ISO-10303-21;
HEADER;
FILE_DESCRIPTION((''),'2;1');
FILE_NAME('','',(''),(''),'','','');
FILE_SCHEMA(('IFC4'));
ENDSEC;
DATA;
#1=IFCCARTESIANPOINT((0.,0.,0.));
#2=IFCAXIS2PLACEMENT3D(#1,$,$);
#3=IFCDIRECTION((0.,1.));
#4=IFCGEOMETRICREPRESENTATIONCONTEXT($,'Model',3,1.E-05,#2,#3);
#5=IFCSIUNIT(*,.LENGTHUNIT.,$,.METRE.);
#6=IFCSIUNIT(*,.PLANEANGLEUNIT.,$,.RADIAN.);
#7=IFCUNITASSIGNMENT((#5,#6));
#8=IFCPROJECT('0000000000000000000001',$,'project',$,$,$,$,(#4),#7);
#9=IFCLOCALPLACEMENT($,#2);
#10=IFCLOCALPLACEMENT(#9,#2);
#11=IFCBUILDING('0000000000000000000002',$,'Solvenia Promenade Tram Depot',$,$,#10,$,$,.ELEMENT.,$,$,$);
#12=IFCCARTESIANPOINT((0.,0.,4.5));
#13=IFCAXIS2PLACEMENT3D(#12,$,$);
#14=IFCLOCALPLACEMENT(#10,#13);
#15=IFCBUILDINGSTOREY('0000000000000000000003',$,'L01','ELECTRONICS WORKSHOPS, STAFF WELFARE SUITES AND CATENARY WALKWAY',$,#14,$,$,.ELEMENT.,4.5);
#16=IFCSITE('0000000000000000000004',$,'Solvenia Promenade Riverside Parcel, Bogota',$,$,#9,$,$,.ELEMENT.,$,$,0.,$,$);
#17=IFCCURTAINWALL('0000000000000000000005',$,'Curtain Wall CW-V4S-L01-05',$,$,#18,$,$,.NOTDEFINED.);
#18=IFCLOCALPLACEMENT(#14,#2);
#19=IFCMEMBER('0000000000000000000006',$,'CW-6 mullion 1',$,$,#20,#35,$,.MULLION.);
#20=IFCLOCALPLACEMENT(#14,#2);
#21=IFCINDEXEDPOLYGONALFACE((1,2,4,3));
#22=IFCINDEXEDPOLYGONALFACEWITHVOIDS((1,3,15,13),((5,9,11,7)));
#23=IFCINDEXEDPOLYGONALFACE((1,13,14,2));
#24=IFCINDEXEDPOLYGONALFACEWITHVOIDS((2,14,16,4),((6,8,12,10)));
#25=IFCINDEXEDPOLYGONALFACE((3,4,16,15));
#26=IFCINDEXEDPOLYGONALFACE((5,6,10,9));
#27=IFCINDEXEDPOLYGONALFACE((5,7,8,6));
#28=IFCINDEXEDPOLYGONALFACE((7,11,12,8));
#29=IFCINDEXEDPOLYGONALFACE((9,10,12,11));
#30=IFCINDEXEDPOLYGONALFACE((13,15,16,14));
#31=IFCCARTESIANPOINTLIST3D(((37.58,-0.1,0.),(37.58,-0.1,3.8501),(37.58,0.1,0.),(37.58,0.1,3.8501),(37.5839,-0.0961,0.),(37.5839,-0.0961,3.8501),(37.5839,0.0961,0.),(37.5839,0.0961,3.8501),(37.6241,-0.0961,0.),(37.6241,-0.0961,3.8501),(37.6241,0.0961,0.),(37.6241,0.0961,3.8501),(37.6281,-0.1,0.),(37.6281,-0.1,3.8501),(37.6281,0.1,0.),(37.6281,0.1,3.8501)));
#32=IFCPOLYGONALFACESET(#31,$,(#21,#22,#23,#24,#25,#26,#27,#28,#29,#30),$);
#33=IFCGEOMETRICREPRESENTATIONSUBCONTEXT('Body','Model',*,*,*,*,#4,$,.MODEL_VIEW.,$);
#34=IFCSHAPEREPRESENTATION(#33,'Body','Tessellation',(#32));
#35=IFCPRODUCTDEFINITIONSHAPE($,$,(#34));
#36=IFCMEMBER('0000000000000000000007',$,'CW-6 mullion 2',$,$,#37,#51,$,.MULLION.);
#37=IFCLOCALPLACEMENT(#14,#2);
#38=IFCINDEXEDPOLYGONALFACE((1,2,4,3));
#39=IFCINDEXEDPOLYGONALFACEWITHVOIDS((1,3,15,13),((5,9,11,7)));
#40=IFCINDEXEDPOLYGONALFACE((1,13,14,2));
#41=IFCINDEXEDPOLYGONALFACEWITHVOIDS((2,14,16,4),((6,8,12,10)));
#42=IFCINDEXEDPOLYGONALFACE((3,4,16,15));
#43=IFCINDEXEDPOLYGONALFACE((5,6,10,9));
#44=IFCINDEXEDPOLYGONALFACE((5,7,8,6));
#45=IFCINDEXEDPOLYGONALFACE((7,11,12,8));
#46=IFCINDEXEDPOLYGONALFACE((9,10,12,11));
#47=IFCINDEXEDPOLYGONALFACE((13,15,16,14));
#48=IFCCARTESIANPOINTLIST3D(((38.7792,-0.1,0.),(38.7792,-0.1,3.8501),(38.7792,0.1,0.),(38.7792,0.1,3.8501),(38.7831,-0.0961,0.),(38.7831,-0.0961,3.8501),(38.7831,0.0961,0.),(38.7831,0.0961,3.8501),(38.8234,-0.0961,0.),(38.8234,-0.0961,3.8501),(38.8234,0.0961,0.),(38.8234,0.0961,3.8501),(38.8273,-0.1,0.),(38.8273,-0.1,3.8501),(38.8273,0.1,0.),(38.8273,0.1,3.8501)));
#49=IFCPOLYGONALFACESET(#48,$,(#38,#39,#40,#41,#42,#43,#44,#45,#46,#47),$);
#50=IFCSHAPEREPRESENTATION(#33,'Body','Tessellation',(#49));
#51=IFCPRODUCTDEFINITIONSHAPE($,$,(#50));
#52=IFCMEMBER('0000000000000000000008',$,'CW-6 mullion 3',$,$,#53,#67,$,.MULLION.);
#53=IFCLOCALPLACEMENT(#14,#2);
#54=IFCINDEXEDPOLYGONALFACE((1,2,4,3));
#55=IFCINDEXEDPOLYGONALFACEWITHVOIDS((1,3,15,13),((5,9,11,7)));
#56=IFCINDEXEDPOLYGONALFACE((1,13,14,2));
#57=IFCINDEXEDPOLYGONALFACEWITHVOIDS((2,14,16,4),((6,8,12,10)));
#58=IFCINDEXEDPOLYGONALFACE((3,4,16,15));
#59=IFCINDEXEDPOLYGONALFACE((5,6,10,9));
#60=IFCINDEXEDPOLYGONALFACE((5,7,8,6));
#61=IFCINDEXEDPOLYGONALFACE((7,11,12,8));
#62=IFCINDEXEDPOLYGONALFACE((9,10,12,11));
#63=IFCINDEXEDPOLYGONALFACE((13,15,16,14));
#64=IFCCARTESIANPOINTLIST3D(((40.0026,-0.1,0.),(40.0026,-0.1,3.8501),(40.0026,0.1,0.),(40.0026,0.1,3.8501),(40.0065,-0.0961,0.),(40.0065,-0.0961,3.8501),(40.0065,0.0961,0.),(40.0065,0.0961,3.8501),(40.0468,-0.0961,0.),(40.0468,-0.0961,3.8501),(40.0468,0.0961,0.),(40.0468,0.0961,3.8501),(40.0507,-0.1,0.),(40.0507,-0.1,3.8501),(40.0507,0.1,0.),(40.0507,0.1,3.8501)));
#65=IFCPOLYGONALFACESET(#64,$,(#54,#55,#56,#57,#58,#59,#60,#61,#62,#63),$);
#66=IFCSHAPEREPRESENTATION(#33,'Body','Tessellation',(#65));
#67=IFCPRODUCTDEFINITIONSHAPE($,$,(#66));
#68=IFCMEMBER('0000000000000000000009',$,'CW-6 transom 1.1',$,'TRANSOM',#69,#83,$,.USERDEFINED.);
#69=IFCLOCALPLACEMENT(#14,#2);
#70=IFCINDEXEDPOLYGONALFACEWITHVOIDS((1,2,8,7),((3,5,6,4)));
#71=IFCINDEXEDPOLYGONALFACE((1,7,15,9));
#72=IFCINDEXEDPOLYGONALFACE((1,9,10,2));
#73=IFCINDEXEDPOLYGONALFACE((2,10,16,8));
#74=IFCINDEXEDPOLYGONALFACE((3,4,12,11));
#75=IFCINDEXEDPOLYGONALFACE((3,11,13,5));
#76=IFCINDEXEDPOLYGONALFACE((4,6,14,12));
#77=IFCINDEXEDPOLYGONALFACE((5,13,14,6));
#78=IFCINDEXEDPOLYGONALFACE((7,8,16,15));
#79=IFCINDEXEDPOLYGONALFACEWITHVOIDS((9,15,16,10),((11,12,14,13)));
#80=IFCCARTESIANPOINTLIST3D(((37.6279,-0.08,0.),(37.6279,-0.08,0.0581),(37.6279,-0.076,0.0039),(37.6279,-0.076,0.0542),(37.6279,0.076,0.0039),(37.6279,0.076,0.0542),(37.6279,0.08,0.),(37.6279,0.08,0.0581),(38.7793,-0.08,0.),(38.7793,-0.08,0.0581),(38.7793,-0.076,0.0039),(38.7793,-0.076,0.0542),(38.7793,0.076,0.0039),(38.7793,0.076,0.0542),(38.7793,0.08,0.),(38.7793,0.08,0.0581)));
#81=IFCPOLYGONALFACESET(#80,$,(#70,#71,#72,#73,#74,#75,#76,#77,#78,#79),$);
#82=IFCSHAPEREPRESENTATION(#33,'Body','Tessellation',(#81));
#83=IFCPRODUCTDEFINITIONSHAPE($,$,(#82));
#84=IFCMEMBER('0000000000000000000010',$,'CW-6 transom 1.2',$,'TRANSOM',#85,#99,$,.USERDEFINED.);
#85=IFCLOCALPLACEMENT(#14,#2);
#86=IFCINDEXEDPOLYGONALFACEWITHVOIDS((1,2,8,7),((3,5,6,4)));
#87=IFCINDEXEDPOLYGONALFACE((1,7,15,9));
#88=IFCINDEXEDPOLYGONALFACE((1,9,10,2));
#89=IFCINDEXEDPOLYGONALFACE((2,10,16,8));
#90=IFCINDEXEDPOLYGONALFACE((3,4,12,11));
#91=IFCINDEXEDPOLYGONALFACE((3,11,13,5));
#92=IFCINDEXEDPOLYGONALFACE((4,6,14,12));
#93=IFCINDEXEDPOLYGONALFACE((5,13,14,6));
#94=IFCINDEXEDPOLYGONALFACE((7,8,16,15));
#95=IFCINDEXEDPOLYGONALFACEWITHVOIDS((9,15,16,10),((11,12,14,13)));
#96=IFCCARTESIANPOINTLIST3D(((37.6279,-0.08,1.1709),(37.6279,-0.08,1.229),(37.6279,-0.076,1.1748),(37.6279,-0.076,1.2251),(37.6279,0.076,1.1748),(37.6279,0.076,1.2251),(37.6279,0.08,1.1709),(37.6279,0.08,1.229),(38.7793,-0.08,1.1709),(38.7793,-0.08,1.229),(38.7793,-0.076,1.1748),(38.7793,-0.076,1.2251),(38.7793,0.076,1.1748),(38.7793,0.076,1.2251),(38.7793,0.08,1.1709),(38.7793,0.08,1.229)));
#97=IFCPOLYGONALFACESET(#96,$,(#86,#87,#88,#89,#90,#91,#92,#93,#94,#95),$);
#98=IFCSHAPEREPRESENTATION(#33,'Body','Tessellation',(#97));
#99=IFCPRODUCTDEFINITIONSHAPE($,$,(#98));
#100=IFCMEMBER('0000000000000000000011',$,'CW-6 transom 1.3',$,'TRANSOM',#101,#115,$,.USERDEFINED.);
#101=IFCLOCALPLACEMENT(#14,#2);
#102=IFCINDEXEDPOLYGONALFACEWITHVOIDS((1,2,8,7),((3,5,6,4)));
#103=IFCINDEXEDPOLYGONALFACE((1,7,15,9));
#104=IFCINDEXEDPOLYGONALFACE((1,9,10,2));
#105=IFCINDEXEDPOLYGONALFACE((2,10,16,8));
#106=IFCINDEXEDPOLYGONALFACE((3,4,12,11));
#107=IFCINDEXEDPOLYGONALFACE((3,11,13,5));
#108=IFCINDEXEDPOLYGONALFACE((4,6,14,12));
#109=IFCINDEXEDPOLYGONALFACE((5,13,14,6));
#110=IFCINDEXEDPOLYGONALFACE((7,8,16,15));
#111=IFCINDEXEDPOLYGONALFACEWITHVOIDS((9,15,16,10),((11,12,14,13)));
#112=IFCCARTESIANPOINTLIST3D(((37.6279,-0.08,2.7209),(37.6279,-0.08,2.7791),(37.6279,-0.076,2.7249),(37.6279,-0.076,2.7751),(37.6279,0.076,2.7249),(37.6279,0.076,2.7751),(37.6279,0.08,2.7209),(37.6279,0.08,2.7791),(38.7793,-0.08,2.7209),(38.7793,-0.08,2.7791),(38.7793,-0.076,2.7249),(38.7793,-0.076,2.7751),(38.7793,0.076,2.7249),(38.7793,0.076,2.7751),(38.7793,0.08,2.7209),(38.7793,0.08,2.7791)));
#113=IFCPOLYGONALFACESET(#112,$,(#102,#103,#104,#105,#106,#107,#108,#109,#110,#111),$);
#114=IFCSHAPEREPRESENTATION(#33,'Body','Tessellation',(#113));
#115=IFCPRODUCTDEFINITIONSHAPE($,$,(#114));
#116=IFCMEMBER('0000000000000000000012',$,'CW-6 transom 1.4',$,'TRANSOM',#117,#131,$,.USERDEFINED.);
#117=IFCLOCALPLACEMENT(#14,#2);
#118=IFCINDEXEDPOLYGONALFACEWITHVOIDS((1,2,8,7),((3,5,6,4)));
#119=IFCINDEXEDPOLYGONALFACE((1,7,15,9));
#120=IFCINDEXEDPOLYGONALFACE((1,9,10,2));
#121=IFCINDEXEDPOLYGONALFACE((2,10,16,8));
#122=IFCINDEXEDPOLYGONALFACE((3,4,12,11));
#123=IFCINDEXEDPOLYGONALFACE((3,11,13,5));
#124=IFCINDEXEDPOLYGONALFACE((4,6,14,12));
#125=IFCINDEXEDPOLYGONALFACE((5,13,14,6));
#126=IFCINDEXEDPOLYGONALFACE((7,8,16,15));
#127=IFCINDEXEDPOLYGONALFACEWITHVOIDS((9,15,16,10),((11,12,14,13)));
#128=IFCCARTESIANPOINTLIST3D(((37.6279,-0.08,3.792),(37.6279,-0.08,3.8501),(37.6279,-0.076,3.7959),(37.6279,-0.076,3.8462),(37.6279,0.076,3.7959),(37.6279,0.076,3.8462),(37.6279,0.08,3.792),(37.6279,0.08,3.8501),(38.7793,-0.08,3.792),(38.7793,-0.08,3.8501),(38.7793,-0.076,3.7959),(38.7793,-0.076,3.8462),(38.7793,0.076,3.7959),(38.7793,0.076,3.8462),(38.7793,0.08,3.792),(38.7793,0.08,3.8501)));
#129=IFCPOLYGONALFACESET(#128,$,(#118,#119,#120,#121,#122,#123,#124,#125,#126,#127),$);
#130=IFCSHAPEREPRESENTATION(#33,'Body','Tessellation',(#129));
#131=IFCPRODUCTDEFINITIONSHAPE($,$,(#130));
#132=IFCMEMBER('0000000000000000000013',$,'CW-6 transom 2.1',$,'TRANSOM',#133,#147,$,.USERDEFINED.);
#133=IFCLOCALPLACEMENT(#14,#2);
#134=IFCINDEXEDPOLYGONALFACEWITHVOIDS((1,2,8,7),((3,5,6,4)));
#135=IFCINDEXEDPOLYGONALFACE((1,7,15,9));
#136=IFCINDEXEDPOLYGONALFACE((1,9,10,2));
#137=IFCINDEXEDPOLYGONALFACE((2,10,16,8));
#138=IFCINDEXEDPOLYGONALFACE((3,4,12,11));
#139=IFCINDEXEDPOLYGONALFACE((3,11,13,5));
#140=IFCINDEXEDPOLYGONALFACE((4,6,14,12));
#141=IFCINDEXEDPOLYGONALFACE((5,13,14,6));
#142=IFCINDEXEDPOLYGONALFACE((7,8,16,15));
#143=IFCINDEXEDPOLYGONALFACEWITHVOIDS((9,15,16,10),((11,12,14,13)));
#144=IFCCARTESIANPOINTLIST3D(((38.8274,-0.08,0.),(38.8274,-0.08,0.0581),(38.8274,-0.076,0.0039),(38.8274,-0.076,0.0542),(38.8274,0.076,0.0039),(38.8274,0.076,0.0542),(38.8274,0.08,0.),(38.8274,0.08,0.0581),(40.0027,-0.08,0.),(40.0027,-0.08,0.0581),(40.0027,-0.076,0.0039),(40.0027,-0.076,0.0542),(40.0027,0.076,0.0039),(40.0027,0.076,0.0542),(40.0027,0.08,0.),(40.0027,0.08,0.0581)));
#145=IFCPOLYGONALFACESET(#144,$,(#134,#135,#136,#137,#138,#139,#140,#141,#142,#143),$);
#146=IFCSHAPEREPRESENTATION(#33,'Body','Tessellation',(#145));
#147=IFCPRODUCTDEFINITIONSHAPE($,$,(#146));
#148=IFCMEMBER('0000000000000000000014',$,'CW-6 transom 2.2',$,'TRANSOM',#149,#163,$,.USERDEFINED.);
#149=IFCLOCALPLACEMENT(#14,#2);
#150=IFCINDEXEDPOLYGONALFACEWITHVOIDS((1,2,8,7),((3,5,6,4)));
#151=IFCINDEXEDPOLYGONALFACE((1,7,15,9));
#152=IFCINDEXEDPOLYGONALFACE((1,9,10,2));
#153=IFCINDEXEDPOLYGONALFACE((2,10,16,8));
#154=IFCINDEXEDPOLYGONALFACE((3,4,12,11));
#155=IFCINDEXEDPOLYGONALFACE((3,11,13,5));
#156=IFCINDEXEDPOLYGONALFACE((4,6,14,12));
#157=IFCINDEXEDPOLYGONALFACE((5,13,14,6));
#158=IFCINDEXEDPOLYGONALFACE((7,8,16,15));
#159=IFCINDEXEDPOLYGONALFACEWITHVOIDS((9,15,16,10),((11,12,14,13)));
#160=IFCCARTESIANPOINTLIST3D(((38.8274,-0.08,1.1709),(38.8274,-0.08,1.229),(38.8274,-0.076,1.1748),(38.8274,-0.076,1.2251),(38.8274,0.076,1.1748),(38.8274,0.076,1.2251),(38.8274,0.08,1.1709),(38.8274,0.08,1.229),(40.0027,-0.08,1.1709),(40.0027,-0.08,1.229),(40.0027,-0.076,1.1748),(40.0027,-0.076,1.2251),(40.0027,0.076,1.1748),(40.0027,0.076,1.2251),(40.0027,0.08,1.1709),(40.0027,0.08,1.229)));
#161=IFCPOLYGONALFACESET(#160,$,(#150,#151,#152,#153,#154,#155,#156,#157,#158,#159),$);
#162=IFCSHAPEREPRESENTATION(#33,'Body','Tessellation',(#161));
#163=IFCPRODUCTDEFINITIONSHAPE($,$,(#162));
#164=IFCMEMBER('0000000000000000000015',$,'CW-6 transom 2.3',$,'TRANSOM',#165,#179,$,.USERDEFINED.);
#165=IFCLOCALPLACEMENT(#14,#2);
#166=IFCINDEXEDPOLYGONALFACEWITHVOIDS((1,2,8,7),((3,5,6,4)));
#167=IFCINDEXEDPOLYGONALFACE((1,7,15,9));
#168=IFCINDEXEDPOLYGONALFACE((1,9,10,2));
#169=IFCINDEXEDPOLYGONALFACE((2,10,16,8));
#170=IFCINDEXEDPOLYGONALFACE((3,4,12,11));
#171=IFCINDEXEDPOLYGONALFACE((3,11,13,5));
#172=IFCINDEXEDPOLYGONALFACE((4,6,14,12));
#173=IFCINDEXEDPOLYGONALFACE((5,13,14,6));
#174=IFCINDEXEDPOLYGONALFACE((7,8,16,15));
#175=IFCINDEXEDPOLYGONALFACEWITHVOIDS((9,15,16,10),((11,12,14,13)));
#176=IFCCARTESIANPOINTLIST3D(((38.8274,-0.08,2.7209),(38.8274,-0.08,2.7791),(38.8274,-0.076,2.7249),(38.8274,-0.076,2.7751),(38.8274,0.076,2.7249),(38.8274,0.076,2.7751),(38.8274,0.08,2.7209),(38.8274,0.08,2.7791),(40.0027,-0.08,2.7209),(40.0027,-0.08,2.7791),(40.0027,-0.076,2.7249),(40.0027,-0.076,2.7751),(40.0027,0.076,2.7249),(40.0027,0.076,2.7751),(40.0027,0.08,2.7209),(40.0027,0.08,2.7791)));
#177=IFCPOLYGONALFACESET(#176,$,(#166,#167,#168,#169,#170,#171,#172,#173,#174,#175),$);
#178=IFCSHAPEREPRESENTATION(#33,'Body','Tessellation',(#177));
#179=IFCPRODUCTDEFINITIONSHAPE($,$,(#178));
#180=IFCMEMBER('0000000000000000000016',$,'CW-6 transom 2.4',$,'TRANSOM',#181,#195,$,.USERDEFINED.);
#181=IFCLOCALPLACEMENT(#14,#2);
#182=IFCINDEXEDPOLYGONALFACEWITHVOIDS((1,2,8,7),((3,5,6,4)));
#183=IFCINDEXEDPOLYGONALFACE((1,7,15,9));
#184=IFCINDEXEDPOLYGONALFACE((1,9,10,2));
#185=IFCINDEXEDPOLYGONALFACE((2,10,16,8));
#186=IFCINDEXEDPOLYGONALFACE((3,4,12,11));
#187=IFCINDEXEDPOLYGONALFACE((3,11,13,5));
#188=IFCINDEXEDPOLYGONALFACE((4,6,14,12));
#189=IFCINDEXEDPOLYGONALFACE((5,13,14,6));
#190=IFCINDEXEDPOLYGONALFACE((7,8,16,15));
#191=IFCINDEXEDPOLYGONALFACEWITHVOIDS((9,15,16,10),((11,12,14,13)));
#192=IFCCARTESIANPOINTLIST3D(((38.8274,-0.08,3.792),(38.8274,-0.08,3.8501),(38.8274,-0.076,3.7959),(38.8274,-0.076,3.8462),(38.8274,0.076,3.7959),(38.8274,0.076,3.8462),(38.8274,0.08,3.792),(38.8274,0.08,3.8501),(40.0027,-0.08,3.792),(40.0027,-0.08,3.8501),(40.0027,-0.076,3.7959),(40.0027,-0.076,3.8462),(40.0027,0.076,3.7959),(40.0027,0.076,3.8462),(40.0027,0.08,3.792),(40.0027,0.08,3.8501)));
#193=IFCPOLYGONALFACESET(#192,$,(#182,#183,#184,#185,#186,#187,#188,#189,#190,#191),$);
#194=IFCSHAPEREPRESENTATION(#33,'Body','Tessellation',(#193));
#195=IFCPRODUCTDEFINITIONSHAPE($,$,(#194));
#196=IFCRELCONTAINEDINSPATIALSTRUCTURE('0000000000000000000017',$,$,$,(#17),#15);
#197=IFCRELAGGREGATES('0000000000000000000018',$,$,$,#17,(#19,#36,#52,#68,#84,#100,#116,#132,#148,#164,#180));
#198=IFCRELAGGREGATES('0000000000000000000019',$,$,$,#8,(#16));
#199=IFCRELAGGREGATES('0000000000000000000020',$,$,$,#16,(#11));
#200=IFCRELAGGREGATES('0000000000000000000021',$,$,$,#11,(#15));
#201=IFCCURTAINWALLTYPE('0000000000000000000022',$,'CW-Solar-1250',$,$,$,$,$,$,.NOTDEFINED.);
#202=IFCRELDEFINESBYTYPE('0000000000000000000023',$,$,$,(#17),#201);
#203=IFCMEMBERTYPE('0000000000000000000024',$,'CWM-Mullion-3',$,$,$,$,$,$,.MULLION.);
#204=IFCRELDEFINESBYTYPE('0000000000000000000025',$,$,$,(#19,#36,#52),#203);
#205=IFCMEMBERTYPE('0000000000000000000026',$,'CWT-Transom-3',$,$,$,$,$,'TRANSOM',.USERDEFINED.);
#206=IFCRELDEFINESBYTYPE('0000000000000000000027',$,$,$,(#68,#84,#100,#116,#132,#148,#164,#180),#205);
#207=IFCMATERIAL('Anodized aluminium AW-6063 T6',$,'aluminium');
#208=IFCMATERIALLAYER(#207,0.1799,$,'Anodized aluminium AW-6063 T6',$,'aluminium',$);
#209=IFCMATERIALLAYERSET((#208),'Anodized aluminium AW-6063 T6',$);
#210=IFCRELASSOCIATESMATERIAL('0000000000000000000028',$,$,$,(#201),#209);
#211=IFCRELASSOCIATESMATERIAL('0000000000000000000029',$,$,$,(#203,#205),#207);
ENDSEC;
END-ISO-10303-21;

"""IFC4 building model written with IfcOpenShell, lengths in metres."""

from ifc_helpers import new_model, si_unit, direction, frame, origin, origin_2d, place, context, subcontext, project, spatial, hollow_rectangle, extrude, material, layer, layer_set, material_profile, profile_set, type_object, element, aggregate, save


model = new_model("IFC4")

# Units and contexts
model_context = context("Model", 3, precision=1e-05, world=origin(), true_north=direction((0.0, 1.0)))
body_context = subcontext(model_context, "Body", "Model", "MODEL_VIEW")
ifc_project = project(units=[si_unit("LENGTHUNIT", "METRE"), si_unit("PLANEANGLEUNIT", "RADIAN")], contexts=[model_context])

# Site, building, storey
site_placement = place(None, origin())
site = spatial("IfcSite", under=ifc_project, at=site_placement, Name="Solvenia Promenade Riverside Parcel, Bogota", CompositionType="ELEMENT", RefElevation=0.0)
building_placement = place(site_placement, origin())
building = spatial("IfcBuilding", under=site, at=building_placement, Name="Solvenia Promenade Tram Depot", CompositionType="ELEMENT")
storey_placement = place(building_placement, frame((0.0, 0.0, 4.5)))
storey = spatial("IfcBuildingStorey", under=building, at=storey_placement, Name="L01", Description="ELECTRONICS WORKSHOPS, STAFF WELFARE SUITES AND CATENARY WALKWAY", CompositionType="ELEMENT", Elevation=4.5)

# Curtain wall, members
ifc_material_1 = material(Name="Anodized aluminium AW-6063 T6", Category="aluminium")
ifc_layer_1 = layer(ifc_material_1, 0.1799, Name="Anodized aluminium AW-6063 T6", Category="aluminium")
ifc_layer_set_1 = layer_set([ifc_layer_1], Name="Anodized aluminium AW-6063 T6")
curtain_wall_type = type_object("IfcCurtainWallType", Name="CW-Solar-1250", PredefinedType="NOTDEFINED", material=ifc_layer_set_1)
curtain_wall_placement = place(storey_placement, origin())
curtain_wall = element("IfcCurtainWall", 1, at=curtain_wall_placement, inside=storey, type_object=curtain_wall_type, Name="Curtain Wall CW-V4S-L01-05", PredefinedType="NOTDEFINED")
ifc_material_profile_1 = material_profile(ifc_material_1, hollow_rectangle(XDim=0.2, YDim=0.0481, WallThickness=0.0039, at=origin_2d()), Name="ALU-M3", Category="aluminium")
ifc_profile_set_1 = profile_set([ifc_material_profile_1], Name="Anodized aluminium AW-6063 T6")
member_type_1 = type_object("IfcMemberType", Name="CWM-Mullion-3", PredefinedType="MULLION", material=ifc_profile_set_1)
member_1_placement = place(storey_placement, frame((37.604, 0.0, 0.0), z_axis=(0.0, 0.0, 1.0), x_axis=(0.0, 1.0, 0.0)))
member_1 = element("IfcMember", 2, at=member_1_placement, type_object=member_type_1, Name="CW-6 mullion 1", PredefinedType="MULLION", context=body_context, shape_type="SweptSolid", body=[
    extrude(hollow_rectangle(XDim=0.2, YDim=0.0481, WallThickness=0.0039, at=origin_2d()), origin(), (0.0, 0.0, 1.0), 3.8501),
])
member_2_placement = place(storey_placement, frame((38.8032, 0.0, 0.0), z_axis=(0.0, 0.0, 1.0), x_axis=(0.0, 1.0, 0.0)))
member_2 = element("IfcMember", 3, at=member_2_placement, type_object=member_type_1, Name="CW-6 mullion 2", PredefinedType="MULLION", context=body_context, shape_type="SweptSolid", body=[
    extrude(hollow_rectangle(XDim=0.2, YDim=0.0481, WallThickness=0.0039, at=origin_2d()), origin(), (0.0, 0.0, 1.0), 3.8501),
])
member_3_placement = place(storey_placement, frame((40.0266, 0.0, 0.0), z_axis=(0.0, 0.0, 1.0), x_axis=(0.0, 1.0, 0.0)))
member_3 = element("IfcMember", 4, at=member_3_placement, type_object=member_type_1, Name="CW-6 mullion 3", PredefinedType="MULLION", context=body_context, shape_type="SweptSolid", body=[
    extrude(hollow_rectangle(XDim=0.2, YDim=0.0481, WallThickness=0.0039, at=origin_2d()), origin(), (0.0, 0.0, 1.0), 3.8501),
])
ifc_material_profile_2 = material_profile(ifc_material_1, hollow_rectangle(XDim=0.1599, YDim=0.0581, WallThickness=0.0039, at=origin_2d()), Name="ALU-T3", Category="aluminium")
ifc_profile_set_2 = profile_set([ifc_material_profile_2], Name="Anodized aluminium AW-6063 T6")
member_type_2 = type_object("IfcMemberType", Name="CWT-Transom-3", ElementType="TRANSOM", PredefinedType="USERDEFINED", material=ifc_profile_set_2)
member_4_placement = place(storey_placement, frame((37.6279, 0.0, 0.0291), z_axis=(1.0, 0.0, 0.0), x_axis=(0.0, 1.0, 0.0)))
member_4 = element("IfcMember", 5, at=member_4_placement, type_object=member_type_2, Name="CW-6 transom 1.1", ObjectType="TRANSOM", PredefinedType="USERDEFINED", context=body_context, shape_type="SweptSolid", body=[
    extrude(hollow_rectangle(XDim=0.1599, YDim=0.0581, WallThickness=0.0039, at=origin_2d()), origin(), (0.0, 0.0, 1.0), 1.1514),
])
member_5_placement = place(storey_placement, frame((37.6279, 0.0, 1.2), z_axis=(1.0, 0.0, 0.0), x_axis=(0.0, 1.0, 0.0)))
member_5 = element("IfcMember", 6, at=member_5_placement, type_object=member_type_2, Name="CW-6 transom 1.2", ObjectType="TRANSOM", PredefinedType="USERDEFINED", context=body_context, shape_type="SweptSolid", body=[
    extrude(hollow_rectangle(XDim=0.1599, YDim=0.0581, WallThickness=0.0039, at=origin_2d()), origin(), (0.0, 0.0, 1.0), 1.1514),
])
member_6_placement = place(storey_placement, frame((37.6279, 0.0, 2.75), z_axis=(1.0, 0.0, 0.0), x_axis=(0.0, 1.0, 0.0)))
member_6 = element("IfcMember", 7, at=member_6_placement, type_object=member_type_2, Name="CW-6 transom 1.3", ObjectType="TRANSOM", PredefinedType="USERDEFINED", context=body_context, shape_type="SweptSolid", body=[
    extrude(hollow_rectangle(XDim=0.1599, YDim=0.0581, WallThickness=0.0039, at=origin_2d()), origin(), (0.0, 0.0, 1.0), 1.1514),
])
member_7_placement = place(storey_placement, frame((37.6279, 0.0, 3.821), z_axis=(1.0, 0.0, 0.0), x_axis=(0.0, 1.0, 0.0)))
member_7 = element("IfcMember", 8, at=member_7_placement, type_object=member_type_2, Name="CW-6 transom 1.4", ObjectType="TRANSOM", PredefinedType="USERDEFINED", context=body_context, shape_type="SweptSolid", body=[
    extrude(hollow_rectangle(XDim=0.1599, YDim=0.0581, WallThickness=0.0039, at=origin_2d()), origin(), (0.0, 0.0, 1.0), 1.1514),
])
member_8_placement = place(storey_placement, frame((38.8274, 0.0, 0.0291), z_axis=(1.0, 0.0, 0.0), x_axis=(0.0, 1.0, 0.0)))
member_8 = element("IfcMember", 9, at=member_8_placement, type_object=member_type_2, Name="CW-6 transom 2.1", ObjectType="TRANSOM", PredefinedType="USERDEFINED", context=body_context, shape_type="SweptSolid", body=[
    extrude(hollow_rectangle(XDim=0.1599, YDim=0.0581, WallThickness=0.0039, at=origin_2d()), origin(), (0.0, 0.0, 1.0), 1.1753),
])
member_9_placement = place(storey_placement, frame((38.8274, 0.0, 1.2), z_axis=(1.0, 0.0, 0.0), x_axis=(0.0, 1.0, 0.0)))
member_9 = element("IfcMember", 10, at=member_9_placement, type_object=member_type_2, Name="CW-6 transom 2.2", ObjectType="TRANSOM", PredefinedType="USERDEFINED", context=body_context, shape_type="SweptSolid", body=[
    extrude(hollow_rectangle(XDim=0.1599, YDim=0.0581, WallThickness=0.0039, at=origin_2d()), origin(), (0.0, 0.0, 1.0), 1.1753),
])
member_10_placement = place(storey_placement, frame((38.8274, 0.0, 2.75), z_axis=(1.0, 0.0, 0.0), x_axis=(0.0, 1.0, 0.0)))
member_10 = element("IfcMember", 11, at=member_10_placement, type_object=member_type_2, Name="CW-6 transom 2.3", ObjectType="TRANSOM", PredefinedType="USERDEFINED", context=body_context, shape_type="SweptSolid", body=[
    extrude(hollow_rectangle(XDim=0.1599, YDim=0.0581, WallThickness=0.0039, at=origin_2d()), origin(), (0.0, 0.0, 1.0), 1.1753),
])
member_11_placement = place(storey_placement, frame((38.8274, 0.0, 3.821), z_axis=(1.0, 0.0, 0.0), x_axis=(0.0, 1.0, 0.0)))
member_11 = element("IfcMember", 12, at=member_11_placement, type_object=member_type_2, Name="CW-6 transom 2.4", ObjectType="TRANSOM", PredefinedType="USERDEFINED", context=body_context, shape_type="SweptSolid", body=[
    extrude(hollow_rectangle(XDim=0.1599, YDim=0.0581, WallThickness=0.0039, at=origin_2d()), origin(), (0.0, 0.0, 1.0), 1.1753),
])

aggregate(curtain_wall, [member_1, member_2, member_3, member_4, member_5, member_6, member_7, member_8, member_9, member_10, member_11])

save(model, "model.ifc")
